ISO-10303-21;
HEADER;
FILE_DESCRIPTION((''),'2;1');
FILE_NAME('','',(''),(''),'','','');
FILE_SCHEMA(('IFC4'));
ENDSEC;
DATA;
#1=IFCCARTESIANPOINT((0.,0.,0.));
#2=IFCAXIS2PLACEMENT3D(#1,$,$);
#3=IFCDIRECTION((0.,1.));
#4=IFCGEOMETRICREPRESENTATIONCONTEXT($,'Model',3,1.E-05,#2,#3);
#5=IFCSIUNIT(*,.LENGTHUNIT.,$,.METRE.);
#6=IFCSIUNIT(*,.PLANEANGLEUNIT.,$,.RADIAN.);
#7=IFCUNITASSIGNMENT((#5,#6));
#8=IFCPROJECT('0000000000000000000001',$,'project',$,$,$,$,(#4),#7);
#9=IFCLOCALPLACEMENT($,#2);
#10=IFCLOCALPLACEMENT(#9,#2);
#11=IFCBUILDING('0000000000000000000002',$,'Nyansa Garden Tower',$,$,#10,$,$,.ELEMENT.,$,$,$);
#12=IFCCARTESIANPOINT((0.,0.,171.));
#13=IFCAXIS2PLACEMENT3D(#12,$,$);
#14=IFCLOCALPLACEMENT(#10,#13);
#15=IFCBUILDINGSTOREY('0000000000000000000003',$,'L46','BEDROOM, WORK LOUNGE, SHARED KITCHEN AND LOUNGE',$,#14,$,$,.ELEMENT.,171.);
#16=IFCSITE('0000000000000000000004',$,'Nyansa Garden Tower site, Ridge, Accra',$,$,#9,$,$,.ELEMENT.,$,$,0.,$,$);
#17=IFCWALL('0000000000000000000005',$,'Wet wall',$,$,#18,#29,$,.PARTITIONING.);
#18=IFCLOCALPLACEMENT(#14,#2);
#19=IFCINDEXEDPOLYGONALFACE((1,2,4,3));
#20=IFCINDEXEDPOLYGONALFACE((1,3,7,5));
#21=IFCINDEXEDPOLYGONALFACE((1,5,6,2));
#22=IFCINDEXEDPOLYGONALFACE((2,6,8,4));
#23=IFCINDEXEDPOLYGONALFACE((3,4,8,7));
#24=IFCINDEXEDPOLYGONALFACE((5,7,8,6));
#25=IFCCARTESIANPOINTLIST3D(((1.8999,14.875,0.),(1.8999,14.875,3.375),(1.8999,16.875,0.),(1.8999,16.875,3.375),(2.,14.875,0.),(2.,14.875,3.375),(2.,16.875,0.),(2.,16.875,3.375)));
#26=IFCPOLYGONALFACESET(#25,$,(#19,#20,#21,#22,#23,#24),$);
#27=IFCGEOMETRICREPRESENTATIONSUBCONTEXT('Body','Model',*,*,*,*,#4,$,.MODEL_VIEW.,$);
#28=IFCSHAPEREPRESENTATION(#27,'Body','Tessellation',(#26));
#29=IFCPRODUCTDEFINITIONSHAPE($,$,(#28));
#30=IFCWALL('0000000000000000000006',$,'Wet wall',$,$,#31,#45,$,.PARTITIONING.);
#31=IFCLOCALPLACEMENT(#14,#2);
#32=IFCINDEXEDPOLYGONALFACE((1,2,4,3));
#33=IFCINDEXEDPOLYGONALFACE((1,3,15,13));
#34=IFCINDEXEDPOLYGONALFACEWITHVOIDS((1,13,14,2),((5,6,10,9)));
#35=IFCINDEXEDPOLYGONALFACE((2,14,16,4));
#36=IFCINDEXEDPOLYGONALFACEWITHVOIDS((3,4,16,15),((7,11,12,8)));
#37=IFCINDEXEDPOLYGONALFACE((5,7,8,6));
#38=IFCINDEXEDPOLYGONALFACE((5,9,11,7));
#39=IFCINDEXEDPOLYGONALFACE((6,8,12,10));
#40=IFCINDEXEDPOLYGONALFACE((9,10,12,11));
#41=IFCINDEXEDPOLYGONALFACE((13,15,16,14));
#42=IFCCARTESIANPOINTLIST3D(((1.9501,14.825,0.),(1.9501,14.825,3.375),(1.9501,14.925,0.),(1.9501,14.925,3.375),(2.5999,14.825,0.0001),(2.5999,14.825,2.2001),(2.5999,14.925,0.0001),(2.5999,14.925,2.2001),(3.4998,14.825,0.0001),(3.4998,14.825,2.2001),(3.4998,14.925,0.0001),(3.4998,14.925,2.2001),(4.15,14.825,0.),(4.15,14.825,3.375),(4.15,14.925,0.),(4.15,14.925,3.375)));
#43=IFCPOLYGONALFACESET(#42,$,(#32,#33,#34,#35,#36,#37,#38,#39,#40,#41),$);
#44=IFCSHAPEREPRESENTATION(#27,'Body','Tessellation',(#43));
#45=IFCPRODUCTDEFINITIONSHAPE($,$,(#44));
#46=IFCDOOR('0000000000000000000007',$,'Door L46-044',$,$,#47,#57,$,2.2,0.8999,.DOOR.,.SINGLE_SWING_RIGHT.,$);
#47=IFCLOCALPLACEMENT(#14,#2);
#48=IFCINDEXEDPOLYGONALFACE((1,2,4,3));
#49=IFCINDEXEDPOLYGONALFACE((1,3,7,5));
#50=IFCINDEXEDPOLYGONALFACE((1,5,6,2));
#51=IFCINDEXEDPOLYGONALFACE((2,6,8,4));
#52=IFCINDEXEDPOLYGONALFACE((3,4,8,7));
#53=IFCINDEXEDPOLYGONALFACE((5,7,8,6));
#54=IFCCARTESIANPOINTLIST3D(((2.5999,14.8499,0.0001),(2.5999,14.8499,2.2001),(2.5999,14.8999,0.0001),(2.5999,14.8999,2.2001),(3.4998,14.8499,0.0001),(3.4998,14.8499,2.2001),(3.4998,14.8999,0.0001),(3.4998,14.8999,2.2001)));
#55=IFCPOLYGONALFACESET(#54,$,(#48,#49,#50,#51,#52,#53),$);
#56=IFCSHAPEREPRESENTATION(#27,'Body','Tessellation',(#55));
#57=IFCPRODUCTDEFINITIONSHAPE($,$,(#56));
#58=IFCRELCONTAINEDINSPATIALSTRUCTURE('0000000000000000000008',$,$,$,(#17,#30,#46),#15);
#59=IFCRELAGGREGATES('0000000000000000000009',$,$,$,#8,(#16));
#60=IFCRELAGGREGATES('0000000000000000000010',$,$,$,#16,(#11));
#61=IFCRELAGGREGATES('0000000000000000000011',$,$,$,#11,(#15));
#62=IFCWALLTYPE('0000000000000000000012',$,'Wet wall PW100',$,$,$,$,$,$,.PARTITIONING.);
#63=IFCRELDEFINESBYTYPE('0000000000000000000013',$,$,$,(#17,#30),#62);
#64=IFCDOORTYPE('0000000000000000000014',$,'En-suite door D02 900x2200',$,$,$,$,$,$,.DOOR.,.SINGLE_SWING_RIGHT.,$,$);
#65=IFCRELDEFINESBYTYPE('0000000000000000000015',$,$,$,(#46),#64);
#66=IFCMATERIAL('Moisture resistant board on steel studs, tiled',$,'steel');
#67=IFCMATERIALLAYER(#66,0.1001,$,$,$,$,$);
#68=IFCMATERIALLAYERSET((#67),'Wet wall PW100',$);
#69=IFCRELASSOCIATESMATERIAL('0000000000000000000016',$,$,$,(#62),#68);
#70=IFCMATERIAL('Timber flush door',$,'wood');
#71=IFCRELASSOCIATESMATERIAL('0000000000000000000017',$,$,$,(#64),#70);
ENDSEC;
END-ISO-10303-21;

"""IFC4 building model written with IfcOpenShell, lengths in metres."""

from ifc_helpers import new_model, si_unit, direction, frame, frame_2d, origin, place, context, subcontext, project, spatial, rectangle, extrude, material, layer, layer_set, type_object, element, fill, save


model = new_model("IFC4")

# Units and contexts
model_context = context("Model", 3, precision=1e-05, world=origin(), true_north=direction((0.0, 1.0)))
body_context = subcontext(model_context, "Body", "Model", "MODEL_VIEW")
ifc_project = project(units=[si_unit("LENGTHUNIT", "METRE"), si_unit("PLANEANGLEUNIT", "RADIAN")], contexts=[model_context])

# Site, building, storey
site_placement = place(None, origin())
site = spatial("IfcSite", under=ifc_project, at=site_placement, Name="Nyansa Garden Tower site, Ridge, Accra", CompositionType="ELEMENT", RefElevation=0.0)
building_placement = place(site_placement, origin())
building = spatial("IfcBuilding", under=site, at=building_placement, Name="Nyansa Garden Tower", CompositionType="ELEMENT")
storey_placement = place(building_placement, frame((0.0, 0.0, 171.0)))
storey = spatial("IfcBuildingStorey", under=building, at=storey_placement, Name="L46", Description="BEDROOM, WORK LOUNGE, SHARED KITCHEN AND LOUNGE", CompositionType="ELEMENT", Elevation=171.0)

# Wall
ifc_material_1 = material(Name="Moisture resistant board on steel studs, tiled", Category="steel")
ifc_layer_1 = layer(ifc_material_1, 0.1001)
ifc_layer_set_1 = layer_set([ifc_layer_1], Name="Wet wall PW100")
wall_type_1 = type_object("IfcWallType", Name="Wet wall PW100", PredefinedType="PARTITIONING", material=ifc_layer_set_1)
wall_1_placement = place(storey_placement, frame((1.95, 14.875, 0.0), z_axis=(0.0, 0.0, 1.0), x_axis=(0.0, 1.0, 0.0)))
element("IfcWall", 1, at=wall_1_placement, inside=storey, type_object=wall_type_1, Name="Wet wall", PredefinedType="PARTITIONING", context=body_context, shape_type="SweptSolid", body=[
    extrude(rectangle(XDim=2.0, YDim=0.1001, at=frame_2d((1.0, 0.0))), origin(), (0.0, 0.0, 1.0), 3.375),
])

# Wall, opening, door
wall_2_placement = place(storey_placement, frame((1.95, 14.875, 0.0), z_axis=(0.0, 0.0, 1.0), x_axis=(1.0, 0.0, 0.0)))
wall_2 = element("IfcWall", 2, at=wall_2_placement, inside=storey, type_object=wall_type_1, Name="Wet wall", PredefinedType="PARTITIONING", context=body_context, shape_type="SweptSolid", body=[
    extrude(rectangle(XDim=2.2, YDim=0.1001, at=frame_2d((1.1001, 0.0))), origin(), (0.0, 0.0, 1.0), 3.375),
])
opening_placement = place(wall_2_placement, frame((0.6499, 0.0, 0.0)))
opening = element("IfcOpeningElement", 3, at=opening_placement, cuts=wall_2, PredefinedType="OPENING", context=body_context, shape_type="SweptSolid", body=[
    extrude(rectangle(XDim=0.8999, YDim=2.2, at=frame_2d((0.45, 1.1001))), frame((0.0, 0.0601, 0.0), z_axis=(0.0, -1.0, 0.0), x_axis=(1.0, 0.0, 0.0)), (0.0, 0.0, 1.0), 0.1201),
])
ifc_material_2 = material(Name="Timber flush door", Category="wood")
door_type = type_object("IfcDoorType", Name="En-suite door D02 900x2200", OperationType="SINGLE_SWING_RIGHT", PredefinedType="DOOR", material=ifc_material_2)
door_placement = place(opening_placement, origin())
door = element("IfcDoor", 4, at=door_placement, inside=storey, type_object=door_type, Name="Door L46-044", OperationType="SINGLE_SWING_RIGHT", OverallHeight=2.2, OverallWidth=0.8999, PredefinedType="DOOR", context=body_context, shape_type="SweptSolid", body=[
    extrude(rectangle(XDim=0.8999, YDim=2.2, at=frame_2d((0.45, 1.1001))), frame((0.0, 0.0249, 0.0), z_axis=(0.0, -1.0, 0.0), x_axis=(1.0, 0.0, 0.0)), (0.0, 0.0, 1.0), 0.05),
])
fill(opening, door)

save(model, "model.ifc")
